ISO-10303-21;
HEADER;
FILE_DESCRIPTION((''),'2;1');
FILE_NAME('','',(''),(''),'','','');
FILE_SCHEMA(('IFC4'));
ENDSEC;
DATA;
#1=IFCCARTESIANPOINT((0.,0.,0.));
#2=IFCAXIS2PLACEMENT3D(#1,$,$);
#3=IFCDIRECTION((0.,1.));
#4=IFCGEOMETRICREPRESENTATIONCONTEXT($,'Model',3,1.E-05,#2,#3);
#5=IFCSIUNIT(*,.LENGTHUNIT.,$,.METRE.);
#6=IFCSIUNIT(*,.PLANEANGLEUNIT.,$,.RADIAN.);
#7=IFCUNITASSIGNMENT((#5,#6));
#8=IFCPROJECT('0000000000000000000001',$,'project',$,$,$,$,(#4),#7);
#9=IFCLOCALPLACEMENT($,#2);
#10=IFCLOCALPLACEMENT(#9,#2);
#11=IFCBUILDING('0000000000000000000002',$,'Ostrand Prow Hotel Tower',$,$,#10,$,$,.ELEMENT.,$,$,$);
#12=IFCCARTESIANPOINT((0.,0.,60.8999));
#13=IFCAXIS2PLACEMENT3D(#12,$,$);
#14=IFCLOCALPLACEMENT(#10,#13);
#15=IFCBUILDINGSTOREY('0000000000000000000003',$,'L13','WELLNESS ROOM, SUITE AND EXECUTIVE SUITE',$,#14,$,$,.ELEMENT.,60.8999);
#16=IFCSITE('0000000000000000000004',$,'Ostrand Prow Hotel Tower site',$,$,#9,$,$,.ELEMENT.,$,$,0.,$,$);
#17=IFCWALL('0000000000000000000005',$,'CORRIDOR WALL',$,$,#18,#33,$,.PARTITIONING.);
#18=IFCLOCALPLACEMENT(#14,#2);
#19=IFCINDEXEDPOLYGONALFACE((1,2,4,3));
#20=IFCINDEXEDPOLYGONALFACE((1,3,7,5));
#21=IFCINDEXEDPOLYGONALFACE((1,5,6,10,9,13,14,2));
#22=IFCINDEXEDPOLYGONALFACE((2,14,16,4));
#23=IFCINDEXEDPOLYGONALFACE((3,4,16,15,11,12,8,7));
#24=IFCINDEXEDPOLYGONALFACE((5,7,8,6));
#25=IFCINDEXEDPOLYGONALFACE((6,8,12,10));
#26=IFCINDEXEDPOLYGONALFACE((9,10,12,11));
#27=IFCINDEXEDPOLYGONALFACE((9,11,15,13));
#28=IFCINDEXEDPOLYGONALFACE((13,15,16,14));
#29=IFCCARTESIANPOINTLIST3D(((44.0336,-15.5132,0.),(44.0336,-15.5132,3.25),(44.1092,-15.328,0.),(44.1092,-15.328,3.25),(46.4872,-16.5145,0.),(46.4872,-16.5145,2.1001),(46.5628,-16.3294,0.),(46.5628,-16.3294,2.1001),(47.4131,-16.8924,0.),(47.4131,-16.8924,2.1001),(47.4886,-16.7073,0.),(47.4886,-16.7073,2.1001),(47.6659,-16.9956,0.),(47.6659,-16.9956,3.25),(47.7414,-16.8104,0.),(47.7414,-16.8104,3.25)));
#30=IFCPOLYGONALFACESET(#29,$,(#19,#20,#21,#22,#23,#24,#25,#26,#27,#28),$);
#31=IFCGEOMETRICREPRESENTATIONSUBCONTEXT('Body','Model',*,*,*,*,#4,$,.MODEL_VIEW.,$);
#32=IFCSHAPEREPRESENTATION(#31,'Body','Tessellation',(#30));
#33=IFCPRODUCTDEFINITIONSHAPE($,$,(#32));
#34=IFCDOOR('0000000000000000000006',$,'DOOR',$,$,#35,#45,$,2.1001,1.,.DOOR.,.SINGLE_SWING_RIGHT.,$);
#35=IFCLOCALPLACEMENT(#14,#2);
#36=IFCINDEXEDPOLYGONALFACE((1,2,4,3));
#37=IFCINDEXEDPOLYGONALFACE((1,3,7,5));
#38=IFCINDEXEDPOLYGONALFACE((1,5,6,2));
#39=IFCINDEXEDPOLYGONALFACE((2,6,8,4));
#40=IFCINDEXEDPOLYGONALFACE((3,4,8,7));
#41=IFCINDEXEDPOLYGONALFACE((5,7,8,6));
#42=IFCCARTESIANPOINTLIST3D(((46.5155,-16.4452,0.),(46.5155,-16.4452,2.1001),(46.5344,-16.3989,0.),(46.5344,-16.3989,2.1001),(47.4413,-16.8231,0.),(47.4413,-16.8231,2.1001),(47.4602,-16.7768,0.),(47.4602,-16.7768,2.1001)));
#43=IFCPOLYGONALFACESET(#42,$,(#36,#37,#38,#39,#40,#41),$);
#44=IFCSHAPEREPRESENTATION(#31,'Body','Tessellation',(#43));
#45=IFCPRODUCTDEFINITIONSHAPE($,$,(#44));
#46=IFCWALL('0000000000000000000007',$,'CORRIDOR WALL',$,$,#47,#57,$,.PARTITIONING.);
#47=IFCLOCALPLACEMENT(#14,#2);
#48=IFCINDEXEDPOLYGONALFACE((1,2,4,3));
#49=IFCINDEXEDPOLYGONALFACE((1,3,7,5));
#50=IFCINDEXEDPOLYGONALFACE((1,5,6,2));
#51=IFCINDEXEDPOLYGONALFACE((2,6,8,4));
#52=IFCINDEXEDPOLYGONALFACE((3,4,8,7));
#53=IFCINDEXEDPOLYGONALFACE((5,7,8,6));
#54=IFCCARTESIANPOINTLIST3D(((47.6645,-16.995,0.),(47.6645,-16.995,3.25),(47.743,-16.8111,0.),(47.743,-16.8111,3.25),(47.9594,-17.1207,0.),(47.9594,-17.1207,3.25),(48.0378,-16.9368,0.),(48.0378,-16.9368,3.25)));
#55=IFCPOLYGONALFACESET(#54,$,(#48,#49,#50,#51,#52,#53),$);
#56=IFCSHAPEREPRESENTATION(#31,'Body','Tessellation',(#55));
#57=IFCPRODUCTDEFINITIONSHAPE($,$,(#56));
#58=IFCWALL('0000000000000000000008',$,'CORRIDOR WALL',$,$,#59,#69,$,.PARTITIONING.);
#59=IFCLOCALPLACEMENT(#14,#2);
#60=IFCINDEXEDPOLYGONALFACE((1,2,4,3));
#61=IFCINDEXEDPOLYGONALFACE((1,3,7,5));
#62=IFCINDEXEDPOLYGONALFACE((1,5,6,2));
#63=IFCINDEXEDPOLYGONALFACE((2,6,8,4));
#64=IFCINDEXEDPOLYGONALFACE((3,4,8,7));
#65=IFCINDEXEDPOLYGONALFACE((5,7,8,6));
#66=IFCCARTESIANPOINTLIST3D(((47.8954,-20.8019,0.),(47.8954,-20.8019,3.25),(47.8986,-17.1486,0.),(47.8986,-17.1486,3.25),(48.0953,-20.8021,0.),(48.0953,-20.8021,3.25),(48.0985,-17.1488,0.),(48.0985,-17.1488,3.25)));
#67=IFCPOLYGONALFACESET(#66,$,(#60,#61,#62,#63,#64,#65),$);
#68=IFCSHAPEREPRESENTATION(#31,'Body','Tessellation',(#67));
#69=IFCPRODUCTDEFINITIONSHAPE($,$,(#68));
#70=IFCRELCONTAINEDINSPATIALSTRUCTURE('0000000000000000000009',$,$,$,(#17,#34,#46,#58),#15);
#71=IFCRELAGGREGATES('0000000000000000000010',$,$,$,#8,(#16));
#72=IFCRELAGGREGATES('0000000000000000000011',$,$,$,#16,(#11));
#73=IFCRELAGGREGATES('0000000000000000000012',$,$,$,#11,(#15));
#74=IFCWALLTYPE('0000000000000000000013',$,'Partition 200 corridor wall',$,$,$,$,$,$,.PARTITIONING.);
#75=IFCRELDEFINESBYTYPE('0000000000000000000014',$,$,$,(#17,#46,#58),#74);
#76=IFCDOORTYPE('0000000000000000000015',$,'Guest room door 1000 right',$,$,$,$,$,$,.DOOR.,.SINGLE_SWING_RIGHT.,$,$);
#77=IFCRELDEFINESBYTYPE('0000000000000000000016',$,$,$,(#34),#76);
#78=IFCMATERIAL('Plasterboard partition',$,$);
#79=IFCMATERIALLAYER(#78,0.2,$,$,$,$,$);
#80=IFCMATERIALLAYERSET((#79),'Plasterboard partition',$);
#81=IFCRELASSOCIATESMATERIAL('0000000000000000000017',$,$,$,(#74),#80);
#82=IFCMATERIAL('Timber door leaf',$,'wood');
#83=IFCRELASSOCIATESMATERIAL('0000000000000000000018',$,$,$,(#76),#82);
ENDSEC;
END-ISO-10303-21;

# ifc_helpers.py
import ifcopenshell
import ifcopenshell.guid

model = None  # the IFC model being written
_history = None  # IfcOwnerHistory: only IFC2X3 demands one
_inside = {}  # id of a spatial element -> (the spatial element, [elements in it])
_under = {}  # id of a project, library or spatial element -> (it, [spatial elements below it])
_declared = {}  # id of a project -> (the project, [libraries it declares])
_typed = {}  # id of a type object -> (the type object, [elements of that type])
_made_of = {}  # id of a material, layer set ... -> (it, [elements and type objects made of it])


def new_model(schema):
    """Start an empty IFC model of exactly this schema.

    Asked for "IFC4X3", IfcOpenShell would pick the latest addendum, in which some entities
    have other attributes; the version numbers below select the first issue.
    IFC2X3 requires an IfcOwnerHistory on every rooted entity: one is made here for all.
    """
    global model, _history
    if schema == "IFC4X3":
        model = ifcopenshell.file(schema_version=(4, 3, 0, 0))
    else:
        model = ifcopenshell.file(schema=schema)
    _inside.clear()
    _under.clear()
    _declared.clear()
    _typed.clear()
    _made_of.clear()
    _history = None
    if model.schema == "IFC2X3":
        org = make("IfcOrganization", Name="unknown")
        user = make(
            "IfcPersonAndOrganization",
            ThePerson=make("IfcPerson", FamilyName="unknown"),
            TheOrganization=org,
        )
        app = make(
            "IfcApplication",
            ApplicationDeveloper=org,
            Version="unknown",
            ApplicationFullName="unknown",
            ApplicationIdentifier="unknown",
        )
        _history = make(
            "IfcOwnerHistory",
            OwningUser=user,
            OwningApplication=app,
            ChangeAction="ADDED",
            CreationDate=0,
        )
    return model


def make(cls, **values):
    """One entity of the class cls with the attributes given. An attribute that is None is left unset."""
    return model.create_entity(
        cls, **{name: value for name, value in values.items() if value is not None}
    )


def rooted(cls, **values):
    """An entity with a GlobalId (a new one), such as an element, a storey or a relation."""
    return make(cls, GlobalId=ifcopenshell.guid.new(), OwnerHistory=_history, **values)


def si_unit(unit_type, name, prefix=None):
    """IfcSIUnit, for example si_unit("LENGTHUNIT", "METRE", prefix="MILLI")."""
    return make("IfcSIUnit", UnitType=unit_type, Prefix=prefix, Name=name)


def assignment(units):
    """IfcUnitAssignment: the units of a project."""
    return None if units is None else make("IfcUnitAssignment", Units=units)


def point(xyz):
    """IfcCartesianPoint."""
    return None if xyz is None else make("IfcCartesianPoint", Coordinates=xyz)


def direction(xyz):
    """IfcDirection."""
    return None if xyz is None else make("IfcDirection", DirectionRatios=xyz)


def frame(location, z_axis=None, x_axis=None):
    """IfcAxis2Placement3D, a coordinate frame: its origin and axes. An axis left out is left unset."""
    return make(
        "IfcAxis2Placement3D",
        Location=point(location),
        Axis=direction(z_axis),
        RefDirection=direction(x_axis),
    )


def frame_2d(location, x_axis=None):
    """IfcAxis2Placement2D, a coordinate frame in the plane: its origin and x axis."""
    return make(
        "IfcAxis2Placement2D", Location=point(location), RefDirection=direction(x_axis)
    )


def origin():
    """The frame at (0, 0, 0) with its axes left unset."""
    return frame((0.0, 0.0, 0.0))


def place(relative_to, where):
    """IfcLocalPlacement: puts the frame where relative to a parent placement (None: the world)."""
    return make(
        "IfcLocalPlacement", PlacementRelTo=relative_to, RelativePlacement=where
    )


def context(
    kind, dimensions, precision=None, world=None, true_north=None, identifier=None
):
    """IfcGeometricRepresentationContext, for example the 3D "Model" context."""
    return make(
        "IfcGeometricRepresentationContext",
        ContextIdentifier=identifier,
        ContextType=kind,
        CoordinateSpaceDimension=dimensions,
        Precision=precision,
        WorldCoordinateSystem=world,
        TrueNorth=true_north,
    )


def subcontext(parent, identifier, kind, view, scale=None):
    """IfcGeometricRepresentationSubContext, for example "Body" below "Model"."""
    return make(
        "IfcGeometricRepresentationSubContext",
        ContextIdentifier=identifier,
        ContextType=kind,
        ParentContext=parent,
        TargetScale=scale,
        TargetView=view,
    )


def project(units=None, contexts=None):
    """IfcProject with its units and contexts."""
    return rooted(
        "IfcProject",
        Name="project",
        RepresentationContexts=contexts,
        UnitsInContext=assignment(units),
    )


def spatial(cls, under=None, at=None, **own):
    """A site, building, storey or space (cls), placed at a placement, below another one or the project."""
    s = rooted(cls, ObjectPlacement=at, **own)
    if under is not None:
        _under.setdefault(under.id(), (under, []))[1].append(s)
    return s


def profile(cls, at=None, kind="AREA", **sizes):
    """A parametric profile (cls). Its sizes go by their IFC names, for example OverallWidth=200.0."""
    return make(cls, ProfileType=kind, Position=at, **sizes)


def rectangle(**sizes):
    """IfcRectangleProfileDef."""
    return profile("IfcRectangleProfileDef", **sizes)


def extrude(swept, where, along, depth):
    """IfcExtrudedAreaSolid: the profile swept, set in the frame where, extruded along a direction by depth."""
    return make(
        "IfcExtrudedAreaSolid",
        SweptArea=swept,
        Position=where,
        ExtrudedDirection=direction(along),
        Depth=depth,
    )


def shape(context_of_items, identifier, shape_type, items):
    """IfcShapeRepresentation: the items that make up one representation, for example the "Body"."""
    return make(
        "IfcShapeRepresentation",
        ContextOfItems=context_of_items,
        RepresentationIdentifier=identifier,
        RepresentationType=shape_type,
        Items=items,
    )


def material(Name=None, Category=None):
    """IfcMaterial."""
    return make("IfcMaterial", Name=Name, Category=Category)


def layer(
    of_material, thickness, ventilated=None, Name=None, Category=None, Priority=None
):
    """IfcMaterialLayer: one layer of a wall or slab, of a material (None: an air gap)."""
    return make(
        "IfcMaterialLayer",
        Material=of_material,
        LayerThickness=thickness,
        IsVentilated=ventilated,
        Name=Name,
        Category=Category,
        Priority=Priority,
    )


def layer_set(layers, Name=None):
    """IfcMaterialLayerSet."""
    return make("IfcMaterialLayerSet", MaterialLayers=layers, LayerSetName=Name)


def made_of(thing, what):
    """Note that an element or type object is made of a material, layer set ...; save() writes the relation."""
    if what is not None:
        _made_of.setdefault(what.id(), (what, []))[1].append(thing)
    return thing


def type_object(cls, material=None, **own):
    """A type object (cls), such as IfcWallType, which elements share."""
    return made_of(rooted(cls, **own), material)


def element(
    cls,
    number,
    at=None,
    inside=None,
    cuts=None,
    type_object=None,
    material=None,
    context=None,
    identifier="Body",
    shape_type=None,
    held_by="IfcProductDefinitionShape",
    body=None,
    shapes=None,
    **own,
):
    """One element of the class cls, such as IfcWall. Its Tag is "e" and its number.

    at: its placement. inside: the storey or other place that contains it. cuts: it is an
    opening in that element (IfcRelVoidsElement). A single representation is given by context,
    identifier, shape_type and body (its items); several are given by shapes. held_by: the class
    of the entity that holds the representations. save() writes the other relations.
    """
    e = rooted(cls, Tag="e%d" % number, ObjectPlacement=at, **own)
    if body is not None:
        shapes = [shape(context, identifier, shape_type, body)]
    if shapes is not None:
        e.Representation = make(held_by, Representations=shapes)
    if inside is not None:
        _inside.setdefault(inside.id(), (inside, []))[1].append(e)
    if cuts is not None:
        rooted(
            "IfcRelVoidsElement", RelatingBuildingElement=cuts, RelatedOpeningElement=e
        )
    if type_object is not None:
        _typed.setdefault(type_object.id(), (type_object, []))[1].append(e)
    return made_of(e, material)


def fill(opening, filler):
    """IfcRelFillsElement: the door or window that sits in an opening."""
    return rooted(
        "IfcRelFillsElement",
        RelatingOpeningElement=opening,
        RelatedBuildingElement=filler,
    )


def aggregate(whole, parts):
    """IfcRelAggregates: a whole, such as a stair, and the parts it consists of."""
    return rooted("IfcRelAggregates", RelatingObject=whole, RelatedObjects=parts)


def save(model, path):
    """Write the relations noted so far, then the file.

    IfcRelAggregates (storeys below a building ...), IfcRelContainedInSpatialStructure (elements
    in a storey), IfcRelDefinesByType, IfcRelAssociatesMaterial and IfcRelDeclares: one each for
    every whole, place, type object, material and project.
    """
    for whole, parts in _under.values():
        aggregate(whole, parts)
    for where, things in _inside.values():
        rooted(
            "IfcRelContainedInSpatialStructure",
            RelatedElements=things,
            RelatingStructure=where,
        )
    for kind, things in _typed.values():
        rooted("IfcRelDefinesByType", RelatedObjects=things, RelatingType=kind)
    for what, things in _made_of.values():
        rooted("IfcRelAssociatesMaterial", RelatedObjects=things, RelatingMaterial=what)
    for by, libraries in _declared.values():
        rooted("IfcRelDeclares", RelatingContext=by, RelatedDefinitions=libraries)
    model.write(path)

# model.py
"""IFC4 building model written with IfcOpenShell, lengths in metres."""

from ifc_helpers import new_model, si_unit, direction, frame, frame_2d, origin, place, context, subcontext, project, spatial, rectangle, extrude, material, layer, layer_set, type_object, element, fill, save


model = new_model("IFC4")

# Units and contexts
model_context = context("Model", 3, precision=1e-05, world=origin(), true_north=direction((0.0, 1.0)))
body_context = subcontext(model_context, "Body", "Model", "MODEL_VIEW")
ifc_project = project(units=[si_unit("LENGTHUNIT", "METRE"), si_unit("PLANEANGLEUNIT", "RADIAN")], contexts=[model_context])

# Site, building, storey
site_placement = place(None, origin())
site = spatial("IfcSite", under=ifc_project, at=site_placement, Name="Ostrand Prow Hotel Tower site", CompositionType="ELEMENT", RefElevation=0.0)
building_placement = place(site_placement, origin())
building = spatial("IfcBuilding", under=site, at=building_placement, Name="Ostrand Prow Hotel Tower", CompositionType="ELEMENT")
storey_placement = place(building_placement, frame((0.0, 0.0, 60.8999)))
storey = spatial("IfcBuildingStorey", under=building, at=storey_placement, Name="L13", Description="WELLNESS ROOM, SUITE AND EXECUTIVE SUITE", CompositionType="ELEMENT", Elevation=60.8999)

# Shared definitions
ifc_material_1 = material(Name="Plasterboard partition")
ifc_layer_1 = layer(ifc_material_1, 0.2)
ifc_layer_set_1 = layer_set([ifc_layer_1], Name="Plasterboard partition")
wall_type_1 = type_object("IfcWallType", Name="Partition 200 corridor wall", PredefinedType="PARTITIONING", material=ifc_layer_set_1)

# Wall, opening, door
wall_1_placement = place(storey_placement, frame((44.0715, -15.4207, 0.0), z_axis=(0.0, 0.0, 1.0), x_axis=(0.925862, -0.377862, 0.0)))
wall_1 = element("IfcWall", 1, at=wall_1_placement, inside=storey, type_object=wall_type_1, Name="CORRIDOR WALL", PredefinedType="PARTITIONING", context=body_context, shape_type="SweptSolid", body=[
    extrude(rectangle(XDim=3.9231, YDim=0.2, at=frame_2d((1.9614, 0.0))), origin(), (0.0, 0.0, 1.0), 3.25),
])
opening_1_placement = place(wall_1_placement, frame((2.6499, 0.0, 0.0)))
opening_1 = element("IfcOpeningElement", 2, at=opening_1_placement, cuts=wall_1, PredefinedType="OPENING", context=body_context, shape_type="SweptSolid", body=[
    extrude(rectangle(XDim=1.0, YDim=2.1001, at=frame_2d((0.5, 1.05))), frame((0.0, 0.1099, 0.0), z_axis=(0.0, -1.0, 0.0), x_axis=(1.0, 0.0, 0.0)), (0.0, 0.0, 1.0), 0.22),
])
ifc_material_2 = material(Name="Timber door leaf", Category="wood")
door_type_1 = type_object("IfcDoorType", Name="Guest room door 1000 right", OperationType="SINGLE_SWING_RIGHT", PredefinedType="DOOR", material=ifc_material_2)
door_1_placement = place(opening_1_placement, origin())
door_1 = element("IfcDoor", 3, at=door_1_placement, inside=storey, type_object=door_type_1, Name="DOOR", OperationType="SINGLE_SWING_RIGHT", OverallHeight=2.1001, OverallWidth=1.0, PredefinedType="DOOR", context=body_context, shape_type="SweptSolid", body=[
    extrude(rectangle(XDim=1.0, YDim=2.1001, at=frame_2d((0.5, 1.05))), frame((0.0, 0.0249, 0.0), z_axis=(0.0, -1.0, 0.0), x_axis=(1.0, 0.0, 0.0)), (0.0, 0.0, 1.0), 0.05),
])
fill(opening_1, door_1)

# Walls
wall_2_placement = place(storey_placement, frame((47.7039, -16.9031, 0.0), z_axis=(0.0, 0.0, 1.0), x_axis=(0.919892, -0.392172, 0.0)))
element("IfcWall", 4, at=wall_2_placement, inside=storey, type_object=wall_type_1, Name="CORRIDOR WALL", PredefinedType="PARTITIONING", context=body_context, shape_type="SweptSolid", body=[
    extrude(rectangle(XDim=0.3206, YDim=0.2, at=frame_2d((0.1602, 0.0))), origin(), (0.0, 0.0, 1.0), 3.25),
])
wall_3_placement = place(storey_placement, frame((47.9985, -17.1487, 0.0), z_axis=(0.0, 0.0, 1.0), x_axis=(-0.000869, -1.0, 0.0)))
element("IfcWall", 5, at=wall_3_placement, inside=storey, type_object=wall_type_1, Name="CORRIDOR WALL", PredefinedType="PARTITIONING", context=body_context, shape_type="SweptSolid", body=[
    extrude(rectangle(XDim=3.6533, YDim=0.2, at=frame_2d((1.8267, 0.0))), origin(), (0.0, 0.0, 1.0), 3.25),
])

save(model, "model.ifc")
